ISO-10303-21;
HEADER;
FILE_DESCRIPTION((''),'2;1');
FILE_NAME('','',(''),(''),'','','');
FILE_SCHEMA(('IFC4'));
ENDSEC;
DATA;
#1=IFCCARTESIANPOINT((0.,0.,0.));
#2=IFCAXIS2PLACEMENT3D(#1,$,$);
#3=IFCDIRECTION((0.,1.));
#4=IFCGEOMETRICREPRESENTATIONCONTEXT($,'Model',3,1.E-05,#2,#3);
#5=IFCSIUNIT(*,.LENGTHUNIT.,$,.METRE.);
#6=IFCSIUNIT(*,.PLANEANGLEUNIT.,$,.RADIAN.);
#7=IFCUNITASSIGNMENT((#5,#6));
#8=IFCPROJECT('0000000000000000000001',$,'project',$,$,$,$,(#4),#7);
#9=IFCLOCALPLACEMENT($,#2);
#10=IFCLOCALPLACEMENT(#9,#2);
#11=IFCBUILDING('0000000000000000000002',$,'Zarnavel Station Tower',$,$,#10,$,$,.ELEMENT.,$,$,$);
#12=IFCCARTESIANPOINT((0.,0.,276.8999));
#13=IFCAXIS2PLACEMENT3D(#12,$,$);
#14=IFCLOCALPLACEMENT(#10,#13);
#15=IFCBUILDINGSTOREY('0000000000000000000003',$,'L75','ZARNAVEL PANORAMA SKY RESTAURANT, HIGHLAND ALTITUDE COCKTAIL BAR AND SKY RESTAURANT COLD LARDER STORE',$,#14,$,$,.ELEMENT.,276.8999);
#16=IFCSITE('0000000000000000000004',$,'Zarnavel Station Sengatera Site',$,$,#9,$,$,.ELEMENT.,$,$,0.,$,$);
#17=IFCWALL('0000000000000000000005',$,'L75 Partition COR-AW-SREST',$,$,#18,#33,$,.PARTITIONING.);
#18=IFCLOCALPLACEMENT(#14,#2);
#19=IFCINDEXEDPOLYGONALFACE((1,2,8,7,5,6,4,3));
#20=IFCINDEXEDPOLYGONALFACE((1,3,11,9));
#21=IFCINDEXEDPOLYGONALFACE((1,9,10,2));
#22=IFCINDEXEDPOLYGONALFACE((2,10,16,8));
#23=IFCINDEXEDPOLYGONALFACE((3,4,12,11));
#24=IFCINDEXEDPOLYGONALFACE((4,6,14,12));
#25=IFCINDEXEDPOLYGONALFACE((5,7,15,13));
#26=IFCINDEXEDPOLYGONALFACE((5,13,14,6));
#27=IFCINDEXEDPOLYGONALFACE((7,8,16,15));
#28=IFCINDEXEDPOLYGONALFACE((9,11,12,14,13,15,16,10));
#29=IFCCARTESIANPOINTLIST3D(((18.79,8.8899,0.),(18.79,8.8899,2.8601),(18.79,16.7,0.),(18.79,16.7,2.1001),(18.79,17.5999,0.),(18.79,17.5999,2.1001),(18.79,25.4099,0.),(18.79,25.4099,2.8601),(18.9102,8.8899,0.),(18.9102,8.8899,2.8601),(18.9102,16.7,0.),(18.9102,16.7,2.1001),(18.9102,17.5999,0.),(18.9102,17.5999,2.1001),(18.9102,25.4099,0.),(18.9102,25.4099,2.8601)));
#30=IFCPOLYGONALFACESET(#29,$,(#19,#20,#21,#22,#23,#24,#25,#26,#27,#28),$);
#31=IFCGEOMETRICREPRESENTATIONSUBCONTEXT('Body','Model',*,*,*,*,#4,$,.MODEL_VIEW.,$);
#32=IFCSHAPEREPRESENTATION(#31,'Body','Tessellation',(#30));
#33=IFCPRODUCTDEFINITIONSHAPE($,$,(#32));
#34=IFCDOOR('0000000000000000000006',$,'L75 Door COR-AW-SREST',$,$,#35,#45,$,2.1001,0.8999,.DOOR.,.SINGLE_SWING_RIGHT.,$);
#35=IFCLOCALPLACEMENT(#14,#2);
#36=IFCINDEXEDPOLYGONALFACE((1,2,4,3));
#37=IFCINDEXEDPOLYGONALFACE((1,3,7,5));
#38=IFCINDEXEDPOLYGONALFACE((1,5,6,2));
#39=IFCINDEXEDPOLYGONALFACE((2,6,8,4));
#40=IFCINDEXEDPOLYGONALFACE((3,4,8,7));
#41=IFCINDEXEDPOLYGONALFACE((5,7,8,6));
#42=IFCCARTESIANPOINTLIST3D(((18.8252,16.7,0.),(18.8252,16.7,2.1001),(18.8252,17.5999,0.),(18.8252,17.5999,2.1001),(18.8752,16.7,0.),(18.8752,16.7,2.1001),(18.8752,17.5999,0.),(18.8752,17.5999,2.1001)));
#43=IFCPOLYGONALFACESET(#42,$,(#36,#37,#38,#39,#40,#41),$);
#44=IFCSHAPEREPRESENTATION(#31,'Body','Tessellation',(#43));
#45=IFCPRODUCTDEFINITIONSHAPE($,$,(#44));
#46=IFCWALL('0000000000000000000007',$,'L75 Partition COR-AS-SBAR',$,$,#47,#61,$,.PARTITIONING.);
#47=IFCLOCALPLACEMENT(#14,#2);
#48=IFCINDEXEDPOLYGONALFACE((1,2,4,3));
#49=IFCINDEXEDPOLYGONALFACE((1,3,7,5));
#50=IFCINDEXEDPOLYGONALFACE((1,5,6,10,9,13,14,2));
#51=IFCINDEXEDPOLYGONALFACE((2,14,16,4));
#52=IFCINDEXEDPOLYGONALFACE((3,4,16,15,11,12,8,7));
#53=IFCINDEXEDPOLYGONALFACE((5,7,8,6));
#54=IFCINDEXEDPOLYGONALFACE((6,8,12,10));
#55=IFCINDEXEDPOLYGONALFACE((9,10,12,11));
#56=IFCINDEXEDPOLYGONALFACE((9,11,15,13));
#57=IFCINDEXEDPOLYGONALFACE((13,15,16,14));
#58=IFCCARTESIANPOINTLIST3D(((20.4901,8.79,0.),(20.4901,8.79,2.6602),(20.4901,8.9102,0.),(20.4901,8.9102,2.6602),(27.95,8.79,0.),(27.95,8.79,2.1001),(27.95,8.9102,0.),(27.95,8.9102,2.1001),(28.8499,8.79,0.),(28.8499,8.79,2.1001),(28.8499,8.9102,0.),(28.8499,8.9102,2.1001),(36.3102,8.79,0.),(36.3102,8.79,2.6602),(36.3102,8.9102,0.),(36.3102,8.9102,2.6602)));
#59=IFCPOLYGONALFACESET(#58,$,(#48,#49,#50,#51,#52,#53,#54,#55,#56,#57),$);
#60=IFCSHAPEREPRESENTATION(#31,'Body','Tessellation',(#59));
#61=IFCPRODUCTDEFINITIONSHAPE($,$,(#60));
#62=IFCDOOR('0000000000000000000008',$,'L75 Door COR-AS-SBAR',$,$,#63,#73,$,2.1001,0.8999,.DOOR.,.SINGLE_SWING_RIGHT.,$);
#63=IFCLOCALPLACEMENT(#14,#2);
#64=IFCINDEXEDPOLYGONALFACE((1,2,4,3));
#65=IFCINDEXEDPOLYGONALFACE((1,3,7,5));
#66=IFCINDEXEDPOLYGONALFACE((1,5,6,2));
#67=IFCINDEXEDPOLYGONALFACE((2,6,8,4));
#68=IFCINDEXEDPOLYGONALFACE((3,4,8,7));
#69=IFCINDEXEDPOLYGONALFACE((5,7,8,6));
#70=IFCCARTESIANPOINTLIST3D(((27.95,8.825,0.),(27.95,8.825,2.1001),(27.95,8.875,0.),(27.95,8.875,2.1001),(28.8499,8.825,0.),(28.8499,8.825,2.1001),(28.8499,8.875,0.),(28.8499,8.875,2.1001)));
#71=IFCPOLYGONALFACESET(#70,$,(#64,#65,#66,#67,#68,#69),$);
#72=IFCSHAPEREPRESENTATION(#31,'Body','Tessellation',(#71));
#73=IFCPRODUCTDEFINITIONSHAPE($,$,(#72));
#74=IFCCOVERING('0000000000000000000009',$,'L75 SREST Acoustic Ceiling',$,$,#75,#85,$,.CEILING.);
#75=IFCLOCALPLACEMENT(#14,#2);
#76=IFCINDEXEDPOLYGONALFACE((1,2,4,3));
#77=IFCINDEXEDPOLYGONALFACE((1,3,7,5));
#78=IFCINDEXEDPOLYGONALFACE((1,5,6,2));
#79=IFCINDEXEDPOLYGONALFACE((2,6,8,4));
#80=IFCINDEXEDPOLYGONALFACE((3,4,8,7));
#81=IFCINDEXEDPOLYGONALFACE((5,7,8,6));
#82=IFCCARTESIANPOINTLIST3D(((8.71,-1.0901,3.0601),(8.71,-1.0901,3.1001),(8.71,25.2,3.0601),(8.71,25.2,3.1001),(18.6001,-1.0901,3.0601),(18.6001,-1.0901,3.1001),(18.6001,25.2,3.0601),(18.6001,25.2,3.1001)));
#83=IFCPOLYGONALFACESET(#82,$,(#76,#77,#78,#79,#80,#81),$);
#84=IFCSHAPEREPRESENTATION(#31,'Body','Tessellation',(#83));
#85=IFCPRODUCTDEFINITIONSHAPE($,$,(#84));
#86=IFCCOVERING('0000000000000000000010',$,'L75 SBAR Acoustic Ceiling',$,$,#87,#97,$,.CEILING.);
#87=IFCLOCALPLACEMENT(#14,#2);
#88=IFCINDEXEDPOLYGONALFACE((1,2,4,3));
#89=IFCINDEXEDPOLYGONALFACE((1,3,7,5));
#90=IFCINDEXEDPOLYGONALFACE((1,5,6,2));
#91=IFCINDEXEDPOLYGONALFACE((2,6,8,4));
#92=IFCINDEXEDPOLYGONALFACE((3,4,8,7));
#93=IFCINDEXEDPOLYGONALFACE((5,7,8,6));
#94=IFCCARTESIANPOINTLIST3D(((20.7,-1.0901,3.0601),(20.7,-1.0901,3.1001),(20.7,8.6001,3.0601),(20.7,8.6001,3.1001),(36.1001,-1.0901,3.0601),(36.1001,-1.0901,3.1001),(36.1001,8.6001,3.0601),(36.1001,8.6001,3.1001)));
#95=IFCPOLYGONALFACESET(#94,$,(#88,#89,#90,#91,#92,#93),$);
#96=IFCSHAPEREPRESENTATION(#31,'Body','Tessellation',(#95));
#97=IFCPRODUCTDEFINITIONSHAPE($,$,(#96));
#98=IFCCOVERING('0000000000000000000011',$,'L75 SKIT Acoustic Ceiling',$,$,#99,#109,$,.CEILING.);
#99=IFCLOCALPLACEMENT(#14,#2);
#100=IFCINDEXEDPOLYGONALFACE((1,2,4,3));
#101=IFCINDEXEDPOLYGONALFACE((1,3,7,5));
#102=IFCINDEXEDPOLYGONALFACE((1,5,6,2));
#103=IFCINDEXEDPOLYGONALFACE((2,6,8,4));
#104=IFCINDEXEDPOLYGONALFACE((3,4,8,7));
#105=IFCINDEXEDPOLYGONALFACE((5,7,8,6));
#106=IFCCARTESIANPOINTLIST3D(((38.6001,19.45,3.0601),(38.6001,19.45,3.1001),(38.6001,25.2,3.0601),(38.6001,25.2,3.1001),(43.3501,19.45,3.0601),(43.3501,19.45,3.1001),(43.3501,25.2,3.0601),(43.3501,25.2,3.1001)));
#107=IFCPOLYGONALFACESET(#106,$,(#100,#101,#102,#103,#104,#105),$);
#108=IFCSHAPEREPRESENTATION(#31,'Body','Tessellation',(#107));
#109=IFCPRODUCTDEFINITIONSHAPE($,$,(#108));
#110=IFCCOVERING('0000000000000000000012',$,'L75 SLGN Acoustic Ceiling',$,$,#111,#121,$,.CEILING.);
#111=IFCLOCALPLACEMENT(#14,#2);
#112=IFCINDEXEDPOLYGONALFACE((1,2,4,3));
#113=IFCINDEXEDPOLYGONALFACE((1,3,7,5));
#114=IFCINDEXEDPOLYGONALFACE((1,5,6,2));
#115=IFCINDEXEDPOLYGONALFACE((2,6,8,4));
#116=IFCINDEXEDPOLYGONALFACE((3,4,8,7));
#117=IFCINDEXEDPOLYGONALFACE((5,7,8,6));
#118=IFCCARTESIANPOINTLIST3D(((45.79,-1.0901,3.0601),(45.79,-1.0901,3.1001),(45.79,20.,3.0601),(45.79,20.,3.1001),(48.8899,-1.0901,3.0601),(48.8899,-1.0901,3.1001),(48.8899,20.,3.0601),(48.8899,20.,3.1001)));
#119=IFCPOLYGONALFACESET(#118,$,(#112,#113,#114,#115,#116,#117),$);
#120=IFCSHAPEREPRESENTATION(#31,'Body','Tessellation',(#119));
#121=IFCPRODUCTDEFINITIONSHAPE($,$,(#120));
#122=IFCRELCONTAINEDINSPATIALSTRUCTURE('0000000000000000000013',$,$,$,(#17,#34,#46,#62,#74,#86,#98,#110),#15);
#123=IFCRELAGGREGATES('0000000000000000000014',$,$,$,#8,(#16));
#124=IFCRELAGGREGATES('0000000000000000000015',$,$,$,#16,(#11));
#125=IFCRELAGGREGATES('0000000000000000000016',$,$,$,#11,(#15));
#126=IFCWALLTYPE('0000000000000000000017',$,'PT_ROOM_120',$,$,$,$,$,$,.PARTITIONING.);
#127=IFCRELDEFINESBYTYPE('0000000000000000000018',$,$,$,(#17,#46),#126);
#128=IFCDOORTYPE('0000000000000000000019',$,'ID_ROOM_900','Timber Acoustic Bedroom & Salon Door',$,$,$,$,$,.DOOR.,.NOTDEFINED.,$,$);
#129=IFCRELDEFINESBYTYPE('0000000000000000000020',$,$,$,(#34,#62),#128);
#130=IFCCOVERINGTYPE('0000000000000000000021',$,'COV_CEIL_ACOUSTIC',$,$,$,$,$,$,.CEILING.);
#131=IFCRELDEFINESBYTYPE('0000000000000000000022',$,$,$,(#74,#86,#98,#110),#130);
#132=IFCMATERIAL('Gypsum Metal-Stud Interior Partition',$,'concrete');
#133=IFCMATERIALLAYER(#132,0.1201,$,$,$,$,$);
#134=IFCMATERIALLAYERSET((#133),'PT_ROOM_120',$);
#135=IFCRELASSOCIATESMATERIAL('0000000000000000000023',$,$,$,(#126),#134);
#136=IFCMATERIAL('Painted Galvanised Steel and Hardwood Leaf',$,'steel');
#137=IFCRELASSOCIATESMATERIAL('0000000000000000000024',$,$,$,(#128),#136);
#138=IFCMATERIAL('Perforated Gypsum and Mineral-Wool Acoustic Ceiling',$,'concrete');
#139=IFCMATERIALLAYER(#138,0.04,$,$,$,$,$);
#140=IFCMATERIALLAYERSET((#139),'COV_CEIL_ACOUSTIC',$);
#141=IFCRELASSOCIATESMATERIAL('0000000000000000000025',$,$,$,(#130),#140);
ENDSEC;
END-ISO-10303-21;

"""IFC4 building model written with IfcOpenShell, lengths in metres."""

from ifc_helpers import new_model, si_unit, direction, frame, frame_2d, origin, place, context, subcontext, project, spatial, polyline, rectangle, outline, extrude, material, layer, layer_set, type_object, element, fill, save


model = new_model("IFC4")

# Units and contexts
model_context = context("Model", 3, precision=1e-05, world=origin(), true_north=direction((0.0, 1.0)))
body_context = subcontext(model_context, "Body", "Model", "MODEL_VIEW")
ifc_project = project(units=[si_unit("LENGTHUNIT", "METRE"), si_unit("PLANEANGLEUNIT", "RADIAN")], contexts=[model_context])

# Site, building, storey
site_placement = place(None, origin())
site = spatial("IfcSite", under=ifc_project, at=site_placement, Name="Zarnavel Station Sengatera Site", CompositionType="ELEMENT", RefElevation=0.0)
building_placement = place(site_placement, origin())
building = spatial("IfcBuilding", under=site, at=building_placement, Name="Zarnavel Station Tower", CompositionType="ELEMENT")
storey_placement = place(building_placement, frame((0.0, 0.0, 276.8999)))
storey = spatial("IfcBuildingStorey", under=building, at=storey_placement, Name="L75", Description="ZARNAVEL PANORAMA SKY RESTAURANT, HIGHLAND ALTITUDE COCKTAIL BAR AND SKY RESTAURANT COLD LARDER STORE", CompositionType="ELEMENT", Elevation=276.8999)

# Walls, openings, doors
ifc_material_1 = material(Name="Gypsum Metal-Stud Interior Partition", Category="concrete")
ifc_layer_1 = layer(ifc_material_1, 0.1201)
ifc_layer_set_1 = layer_set([ifc_layer_1], Name="PT_ROOM_120")
wall_type_1 = type_object("IfcWallType", Name="PT_ROOM_120", PredefinedType="PARTITIONING", material=ifc_layer_set_1)
wall_1_placement = place(storey_placement, frame((18.8501, 8.8899, 0.0), z_axis=(0.0, 0.0, 1.0), x_axis=(0.0, 1.0, 0.0)))
wall_1 = element("IfcWall", 1, at=wall_1_placement, inside=storey, type_object=wall_type_1, Name="L75 Partition COR-AW-SREST", PredefinedType="PARTITIONING", context=body_context, shape_type="SweptSolid", body=[
    extrude(rectangle(XDim=16.52, YDim=0.1201, at=frame_2d((8.26, 0.0))), origin(), (0.0, 0.0, 1.0), 2.8601),
])
opening_1_placement = place(wall_1_placement, frame((7.8101, 0.0, 0.0)))
opening_1 = element("IfcOpeningElement", 2, at=opening_1_placement, cuts=wall_1, PredefinedType="OPENING", context=body_context, shape_type="SweptSolid", body=[
    extrude(rectangle(XDim=0.8999, YDim=2.1001, at=frame_2d((0.45, 1.05))), frame((0.0, 0.0701, 0.0), z_axis=(0.0, -1.0, 0.0), x_axis=(1.0, 0.0, 0.0)), (0.0, 0.0, 1.0), 0.1401),
])
ifc_material_2 = material(Name="Painted Galvanised Steel and Hardwood Leaf", Category="steel")
door_type = type_object("IfcDoorType", Name="ID_ROOM_900", Description="Timber Acoustic Bedroom & Salon Door", OperationType="NOTDEFINED", PredefinedType="DOOR", material=ifc_material_2)
door_1_placement = place(opening_1_placement, origin())
door_1 = element("IfcDoor", 3, at=door_1_placement, inside=storey, type_object=door_type, Name="L75 Door COR-AW-SREST", OperationType="SINGLE_SWING_RIGHT", OverallHeight=2.1001, OverallWidth=0.8999, PredefinedType="DOOR", context=body_context, shape_type="SweptSolid", body=[
    extrude(rectangle(XDim=0.8999, YDim=2.1001, at=frame_2d((0.45, 1.05))), frame((0.0, 0.0249, 0.0), z_axis=(0.0, -1.0, 0.0), x_axis=(1.0, 0.0, 0.0)), (0.0, 0.0, 1.0), 0.05),
])
fill(opening_1, door_1)
wall_2_placement = place(storey_placement, frame((20.49, 8.8501, 0.0), z_axis=(0.0, 0.0, 1.0), x_axis=(1.0, 0.0, 0.0)))
wall_2 = element("IfcWall", 4, at=wall_2_placement, inside=storey, type_object=wall_type_1, Name="L75 Partition COR-AS-SBAR", PredefinedType="PARTITIONING", context=body_context, shape_type="SweptSolid", body=[
    extrude(rectangle(XDim=15.8201, YDim=0.1201, at=frame_2d((7.9102, 0.0))), origin(), (0.0, 0.0, 1.0), 2.6602),
])
opening_2_placement = place(wall_2_placement, frame((7.46, 0.0, 0.0)))
opening_2 = element("IfcOpeningElement", 5, at=opening_2_placement, cuts=wall_2, PredefinedType="OPENING", context=body_context, shape_type="SweptSolid", body=[
    extrude(rectangle(XDim=0.8999, YDim=2.1001, at=frame_2d((0.45, 1.05))), frame((0.0, 0.0701, 0.0), z_axis=(0.0, -1.0, 0.0), x_axis=(1.0, 0.0, 0.0)), (0.0, 0.0, 1.0), 0.1401),
])
door_2_placement = place(opening_2_placement, origin())
door_2 = element("IfcDoor", 6, at=door_2_placement, inside=storey, type_object=door_type, Name="L75 Door COR-AS-SBAR", OperationType="SINGLE_SWING_RIGHT", OverallHeight=2.1001, OverallWidth=0.8999, PredefinedType="DOOR", context=body_context, shape_type="SweptSolid", body=[
    extrude(rectangle(XDim=0.8999, YDim=2.1001, at=frame_2d((0.45, 1.05))), frame((0.0, 0.0249, 0.0), z_axis=(0.0, -1.0, 0.0), x_axis=(1.0, 0.0, 0.0)), (0.0, 0.0, 1.0), 0.05),
])
fill(opening_2, door_2)

# Coverings
ifc_material_3 = material(Name="Perforated Gypsum and Mineral-Wool Acoustic Ceiling", Category="concrete")
ifc_layer_2 = layer(ifc_material_3, 0.04)
ifc_layer_set_2 = layer_set([ifc_layer_2], Name="COV_CEIL_ACOUSTIC")
covering_type_1 = type_object("IfcCoveringType", Name="COV_CEIL_ACOUSTIC", PredefinedType="CEILING", material=ifc_layer_set_2)
covering_1_placement = place(storey_placement, frame((0.0, 0.0, 3.0601)))
element("IfcCovering", 7, at=covering_1_placement, inside=storey, type_object=covering_type_1, Name="L75 SREST Acoustic Ceiling", PredefinedType="CEILING", context=body_context, shape_type="SweptSolid", body=[
    extrude(outline(polyline([(8.71, -1.0901), (18.6001, -1.0901), (18.6001, 25.2), (8.71, 25.2), (8.71, -1.0901)])), origin(), (0.0, 0.0, 1.0), 0.04),
])
covering_2_placement = place(storey_placement, frame((0.0, 0.0, 3.0601)))
element("IfcCovering", 8, at=covering_2_placement, inside=storey, type_object=covering_type_1, Name="L75 SBAR Acoustic Ceiling", PredefinedType="CEILING", context=body_context, shape_type="SweptSolid", body=[
    extrude(outline(polyline([(20.7, -1.0901), (36.1001, -1.0901), (36.1001, 8.6001), (20.7, 8.6001), (20.7, -1.0901)])), origin(), (0.0, 0.0, 1.0), 0.04),
])
covering_3_placement = place(storey_placement, frame((0.0, 0.0, 3.0601)))
element("IfcCovering", 9, at=covering_3_placement, inside=storey, type_object=covering_type_1, Name="L75 SKIT Acoustic Ceiling", PredefinedType="CEILING", context=body_context, shape_type="SweptSolid", body=[
    extrude(outline(polyline([(38.6001, 19.45), (43.3501, 19.45), (43.3501, 25.2), (38.6001, 25.2), (38.6001, 19.45)])), origin(), (0.0, 0.0, 1.0), 0.04),
])
covering_4_placement = place(storey_placement, frame((0.0, 0.0, 3.0601)))
element("IfcCovering", 10, at=covering_4_placement, inside=storey, type_object=covering_type_1, Name="L75 SLGN Acoustic Ceiling", PredefinedType="CEILING", context=body_context, shape_type="SweptSolid", body=[
    extrude(outline(polyline([(45.79, -1.0901), (48.8899, -1.0901), (48.8899, 20.0), (45.79, 20.0), (45.79, -1.0901)])), origin(), (0.0, 0.0, 1.0), 0.04),
])

save(model, "model.ifc")
